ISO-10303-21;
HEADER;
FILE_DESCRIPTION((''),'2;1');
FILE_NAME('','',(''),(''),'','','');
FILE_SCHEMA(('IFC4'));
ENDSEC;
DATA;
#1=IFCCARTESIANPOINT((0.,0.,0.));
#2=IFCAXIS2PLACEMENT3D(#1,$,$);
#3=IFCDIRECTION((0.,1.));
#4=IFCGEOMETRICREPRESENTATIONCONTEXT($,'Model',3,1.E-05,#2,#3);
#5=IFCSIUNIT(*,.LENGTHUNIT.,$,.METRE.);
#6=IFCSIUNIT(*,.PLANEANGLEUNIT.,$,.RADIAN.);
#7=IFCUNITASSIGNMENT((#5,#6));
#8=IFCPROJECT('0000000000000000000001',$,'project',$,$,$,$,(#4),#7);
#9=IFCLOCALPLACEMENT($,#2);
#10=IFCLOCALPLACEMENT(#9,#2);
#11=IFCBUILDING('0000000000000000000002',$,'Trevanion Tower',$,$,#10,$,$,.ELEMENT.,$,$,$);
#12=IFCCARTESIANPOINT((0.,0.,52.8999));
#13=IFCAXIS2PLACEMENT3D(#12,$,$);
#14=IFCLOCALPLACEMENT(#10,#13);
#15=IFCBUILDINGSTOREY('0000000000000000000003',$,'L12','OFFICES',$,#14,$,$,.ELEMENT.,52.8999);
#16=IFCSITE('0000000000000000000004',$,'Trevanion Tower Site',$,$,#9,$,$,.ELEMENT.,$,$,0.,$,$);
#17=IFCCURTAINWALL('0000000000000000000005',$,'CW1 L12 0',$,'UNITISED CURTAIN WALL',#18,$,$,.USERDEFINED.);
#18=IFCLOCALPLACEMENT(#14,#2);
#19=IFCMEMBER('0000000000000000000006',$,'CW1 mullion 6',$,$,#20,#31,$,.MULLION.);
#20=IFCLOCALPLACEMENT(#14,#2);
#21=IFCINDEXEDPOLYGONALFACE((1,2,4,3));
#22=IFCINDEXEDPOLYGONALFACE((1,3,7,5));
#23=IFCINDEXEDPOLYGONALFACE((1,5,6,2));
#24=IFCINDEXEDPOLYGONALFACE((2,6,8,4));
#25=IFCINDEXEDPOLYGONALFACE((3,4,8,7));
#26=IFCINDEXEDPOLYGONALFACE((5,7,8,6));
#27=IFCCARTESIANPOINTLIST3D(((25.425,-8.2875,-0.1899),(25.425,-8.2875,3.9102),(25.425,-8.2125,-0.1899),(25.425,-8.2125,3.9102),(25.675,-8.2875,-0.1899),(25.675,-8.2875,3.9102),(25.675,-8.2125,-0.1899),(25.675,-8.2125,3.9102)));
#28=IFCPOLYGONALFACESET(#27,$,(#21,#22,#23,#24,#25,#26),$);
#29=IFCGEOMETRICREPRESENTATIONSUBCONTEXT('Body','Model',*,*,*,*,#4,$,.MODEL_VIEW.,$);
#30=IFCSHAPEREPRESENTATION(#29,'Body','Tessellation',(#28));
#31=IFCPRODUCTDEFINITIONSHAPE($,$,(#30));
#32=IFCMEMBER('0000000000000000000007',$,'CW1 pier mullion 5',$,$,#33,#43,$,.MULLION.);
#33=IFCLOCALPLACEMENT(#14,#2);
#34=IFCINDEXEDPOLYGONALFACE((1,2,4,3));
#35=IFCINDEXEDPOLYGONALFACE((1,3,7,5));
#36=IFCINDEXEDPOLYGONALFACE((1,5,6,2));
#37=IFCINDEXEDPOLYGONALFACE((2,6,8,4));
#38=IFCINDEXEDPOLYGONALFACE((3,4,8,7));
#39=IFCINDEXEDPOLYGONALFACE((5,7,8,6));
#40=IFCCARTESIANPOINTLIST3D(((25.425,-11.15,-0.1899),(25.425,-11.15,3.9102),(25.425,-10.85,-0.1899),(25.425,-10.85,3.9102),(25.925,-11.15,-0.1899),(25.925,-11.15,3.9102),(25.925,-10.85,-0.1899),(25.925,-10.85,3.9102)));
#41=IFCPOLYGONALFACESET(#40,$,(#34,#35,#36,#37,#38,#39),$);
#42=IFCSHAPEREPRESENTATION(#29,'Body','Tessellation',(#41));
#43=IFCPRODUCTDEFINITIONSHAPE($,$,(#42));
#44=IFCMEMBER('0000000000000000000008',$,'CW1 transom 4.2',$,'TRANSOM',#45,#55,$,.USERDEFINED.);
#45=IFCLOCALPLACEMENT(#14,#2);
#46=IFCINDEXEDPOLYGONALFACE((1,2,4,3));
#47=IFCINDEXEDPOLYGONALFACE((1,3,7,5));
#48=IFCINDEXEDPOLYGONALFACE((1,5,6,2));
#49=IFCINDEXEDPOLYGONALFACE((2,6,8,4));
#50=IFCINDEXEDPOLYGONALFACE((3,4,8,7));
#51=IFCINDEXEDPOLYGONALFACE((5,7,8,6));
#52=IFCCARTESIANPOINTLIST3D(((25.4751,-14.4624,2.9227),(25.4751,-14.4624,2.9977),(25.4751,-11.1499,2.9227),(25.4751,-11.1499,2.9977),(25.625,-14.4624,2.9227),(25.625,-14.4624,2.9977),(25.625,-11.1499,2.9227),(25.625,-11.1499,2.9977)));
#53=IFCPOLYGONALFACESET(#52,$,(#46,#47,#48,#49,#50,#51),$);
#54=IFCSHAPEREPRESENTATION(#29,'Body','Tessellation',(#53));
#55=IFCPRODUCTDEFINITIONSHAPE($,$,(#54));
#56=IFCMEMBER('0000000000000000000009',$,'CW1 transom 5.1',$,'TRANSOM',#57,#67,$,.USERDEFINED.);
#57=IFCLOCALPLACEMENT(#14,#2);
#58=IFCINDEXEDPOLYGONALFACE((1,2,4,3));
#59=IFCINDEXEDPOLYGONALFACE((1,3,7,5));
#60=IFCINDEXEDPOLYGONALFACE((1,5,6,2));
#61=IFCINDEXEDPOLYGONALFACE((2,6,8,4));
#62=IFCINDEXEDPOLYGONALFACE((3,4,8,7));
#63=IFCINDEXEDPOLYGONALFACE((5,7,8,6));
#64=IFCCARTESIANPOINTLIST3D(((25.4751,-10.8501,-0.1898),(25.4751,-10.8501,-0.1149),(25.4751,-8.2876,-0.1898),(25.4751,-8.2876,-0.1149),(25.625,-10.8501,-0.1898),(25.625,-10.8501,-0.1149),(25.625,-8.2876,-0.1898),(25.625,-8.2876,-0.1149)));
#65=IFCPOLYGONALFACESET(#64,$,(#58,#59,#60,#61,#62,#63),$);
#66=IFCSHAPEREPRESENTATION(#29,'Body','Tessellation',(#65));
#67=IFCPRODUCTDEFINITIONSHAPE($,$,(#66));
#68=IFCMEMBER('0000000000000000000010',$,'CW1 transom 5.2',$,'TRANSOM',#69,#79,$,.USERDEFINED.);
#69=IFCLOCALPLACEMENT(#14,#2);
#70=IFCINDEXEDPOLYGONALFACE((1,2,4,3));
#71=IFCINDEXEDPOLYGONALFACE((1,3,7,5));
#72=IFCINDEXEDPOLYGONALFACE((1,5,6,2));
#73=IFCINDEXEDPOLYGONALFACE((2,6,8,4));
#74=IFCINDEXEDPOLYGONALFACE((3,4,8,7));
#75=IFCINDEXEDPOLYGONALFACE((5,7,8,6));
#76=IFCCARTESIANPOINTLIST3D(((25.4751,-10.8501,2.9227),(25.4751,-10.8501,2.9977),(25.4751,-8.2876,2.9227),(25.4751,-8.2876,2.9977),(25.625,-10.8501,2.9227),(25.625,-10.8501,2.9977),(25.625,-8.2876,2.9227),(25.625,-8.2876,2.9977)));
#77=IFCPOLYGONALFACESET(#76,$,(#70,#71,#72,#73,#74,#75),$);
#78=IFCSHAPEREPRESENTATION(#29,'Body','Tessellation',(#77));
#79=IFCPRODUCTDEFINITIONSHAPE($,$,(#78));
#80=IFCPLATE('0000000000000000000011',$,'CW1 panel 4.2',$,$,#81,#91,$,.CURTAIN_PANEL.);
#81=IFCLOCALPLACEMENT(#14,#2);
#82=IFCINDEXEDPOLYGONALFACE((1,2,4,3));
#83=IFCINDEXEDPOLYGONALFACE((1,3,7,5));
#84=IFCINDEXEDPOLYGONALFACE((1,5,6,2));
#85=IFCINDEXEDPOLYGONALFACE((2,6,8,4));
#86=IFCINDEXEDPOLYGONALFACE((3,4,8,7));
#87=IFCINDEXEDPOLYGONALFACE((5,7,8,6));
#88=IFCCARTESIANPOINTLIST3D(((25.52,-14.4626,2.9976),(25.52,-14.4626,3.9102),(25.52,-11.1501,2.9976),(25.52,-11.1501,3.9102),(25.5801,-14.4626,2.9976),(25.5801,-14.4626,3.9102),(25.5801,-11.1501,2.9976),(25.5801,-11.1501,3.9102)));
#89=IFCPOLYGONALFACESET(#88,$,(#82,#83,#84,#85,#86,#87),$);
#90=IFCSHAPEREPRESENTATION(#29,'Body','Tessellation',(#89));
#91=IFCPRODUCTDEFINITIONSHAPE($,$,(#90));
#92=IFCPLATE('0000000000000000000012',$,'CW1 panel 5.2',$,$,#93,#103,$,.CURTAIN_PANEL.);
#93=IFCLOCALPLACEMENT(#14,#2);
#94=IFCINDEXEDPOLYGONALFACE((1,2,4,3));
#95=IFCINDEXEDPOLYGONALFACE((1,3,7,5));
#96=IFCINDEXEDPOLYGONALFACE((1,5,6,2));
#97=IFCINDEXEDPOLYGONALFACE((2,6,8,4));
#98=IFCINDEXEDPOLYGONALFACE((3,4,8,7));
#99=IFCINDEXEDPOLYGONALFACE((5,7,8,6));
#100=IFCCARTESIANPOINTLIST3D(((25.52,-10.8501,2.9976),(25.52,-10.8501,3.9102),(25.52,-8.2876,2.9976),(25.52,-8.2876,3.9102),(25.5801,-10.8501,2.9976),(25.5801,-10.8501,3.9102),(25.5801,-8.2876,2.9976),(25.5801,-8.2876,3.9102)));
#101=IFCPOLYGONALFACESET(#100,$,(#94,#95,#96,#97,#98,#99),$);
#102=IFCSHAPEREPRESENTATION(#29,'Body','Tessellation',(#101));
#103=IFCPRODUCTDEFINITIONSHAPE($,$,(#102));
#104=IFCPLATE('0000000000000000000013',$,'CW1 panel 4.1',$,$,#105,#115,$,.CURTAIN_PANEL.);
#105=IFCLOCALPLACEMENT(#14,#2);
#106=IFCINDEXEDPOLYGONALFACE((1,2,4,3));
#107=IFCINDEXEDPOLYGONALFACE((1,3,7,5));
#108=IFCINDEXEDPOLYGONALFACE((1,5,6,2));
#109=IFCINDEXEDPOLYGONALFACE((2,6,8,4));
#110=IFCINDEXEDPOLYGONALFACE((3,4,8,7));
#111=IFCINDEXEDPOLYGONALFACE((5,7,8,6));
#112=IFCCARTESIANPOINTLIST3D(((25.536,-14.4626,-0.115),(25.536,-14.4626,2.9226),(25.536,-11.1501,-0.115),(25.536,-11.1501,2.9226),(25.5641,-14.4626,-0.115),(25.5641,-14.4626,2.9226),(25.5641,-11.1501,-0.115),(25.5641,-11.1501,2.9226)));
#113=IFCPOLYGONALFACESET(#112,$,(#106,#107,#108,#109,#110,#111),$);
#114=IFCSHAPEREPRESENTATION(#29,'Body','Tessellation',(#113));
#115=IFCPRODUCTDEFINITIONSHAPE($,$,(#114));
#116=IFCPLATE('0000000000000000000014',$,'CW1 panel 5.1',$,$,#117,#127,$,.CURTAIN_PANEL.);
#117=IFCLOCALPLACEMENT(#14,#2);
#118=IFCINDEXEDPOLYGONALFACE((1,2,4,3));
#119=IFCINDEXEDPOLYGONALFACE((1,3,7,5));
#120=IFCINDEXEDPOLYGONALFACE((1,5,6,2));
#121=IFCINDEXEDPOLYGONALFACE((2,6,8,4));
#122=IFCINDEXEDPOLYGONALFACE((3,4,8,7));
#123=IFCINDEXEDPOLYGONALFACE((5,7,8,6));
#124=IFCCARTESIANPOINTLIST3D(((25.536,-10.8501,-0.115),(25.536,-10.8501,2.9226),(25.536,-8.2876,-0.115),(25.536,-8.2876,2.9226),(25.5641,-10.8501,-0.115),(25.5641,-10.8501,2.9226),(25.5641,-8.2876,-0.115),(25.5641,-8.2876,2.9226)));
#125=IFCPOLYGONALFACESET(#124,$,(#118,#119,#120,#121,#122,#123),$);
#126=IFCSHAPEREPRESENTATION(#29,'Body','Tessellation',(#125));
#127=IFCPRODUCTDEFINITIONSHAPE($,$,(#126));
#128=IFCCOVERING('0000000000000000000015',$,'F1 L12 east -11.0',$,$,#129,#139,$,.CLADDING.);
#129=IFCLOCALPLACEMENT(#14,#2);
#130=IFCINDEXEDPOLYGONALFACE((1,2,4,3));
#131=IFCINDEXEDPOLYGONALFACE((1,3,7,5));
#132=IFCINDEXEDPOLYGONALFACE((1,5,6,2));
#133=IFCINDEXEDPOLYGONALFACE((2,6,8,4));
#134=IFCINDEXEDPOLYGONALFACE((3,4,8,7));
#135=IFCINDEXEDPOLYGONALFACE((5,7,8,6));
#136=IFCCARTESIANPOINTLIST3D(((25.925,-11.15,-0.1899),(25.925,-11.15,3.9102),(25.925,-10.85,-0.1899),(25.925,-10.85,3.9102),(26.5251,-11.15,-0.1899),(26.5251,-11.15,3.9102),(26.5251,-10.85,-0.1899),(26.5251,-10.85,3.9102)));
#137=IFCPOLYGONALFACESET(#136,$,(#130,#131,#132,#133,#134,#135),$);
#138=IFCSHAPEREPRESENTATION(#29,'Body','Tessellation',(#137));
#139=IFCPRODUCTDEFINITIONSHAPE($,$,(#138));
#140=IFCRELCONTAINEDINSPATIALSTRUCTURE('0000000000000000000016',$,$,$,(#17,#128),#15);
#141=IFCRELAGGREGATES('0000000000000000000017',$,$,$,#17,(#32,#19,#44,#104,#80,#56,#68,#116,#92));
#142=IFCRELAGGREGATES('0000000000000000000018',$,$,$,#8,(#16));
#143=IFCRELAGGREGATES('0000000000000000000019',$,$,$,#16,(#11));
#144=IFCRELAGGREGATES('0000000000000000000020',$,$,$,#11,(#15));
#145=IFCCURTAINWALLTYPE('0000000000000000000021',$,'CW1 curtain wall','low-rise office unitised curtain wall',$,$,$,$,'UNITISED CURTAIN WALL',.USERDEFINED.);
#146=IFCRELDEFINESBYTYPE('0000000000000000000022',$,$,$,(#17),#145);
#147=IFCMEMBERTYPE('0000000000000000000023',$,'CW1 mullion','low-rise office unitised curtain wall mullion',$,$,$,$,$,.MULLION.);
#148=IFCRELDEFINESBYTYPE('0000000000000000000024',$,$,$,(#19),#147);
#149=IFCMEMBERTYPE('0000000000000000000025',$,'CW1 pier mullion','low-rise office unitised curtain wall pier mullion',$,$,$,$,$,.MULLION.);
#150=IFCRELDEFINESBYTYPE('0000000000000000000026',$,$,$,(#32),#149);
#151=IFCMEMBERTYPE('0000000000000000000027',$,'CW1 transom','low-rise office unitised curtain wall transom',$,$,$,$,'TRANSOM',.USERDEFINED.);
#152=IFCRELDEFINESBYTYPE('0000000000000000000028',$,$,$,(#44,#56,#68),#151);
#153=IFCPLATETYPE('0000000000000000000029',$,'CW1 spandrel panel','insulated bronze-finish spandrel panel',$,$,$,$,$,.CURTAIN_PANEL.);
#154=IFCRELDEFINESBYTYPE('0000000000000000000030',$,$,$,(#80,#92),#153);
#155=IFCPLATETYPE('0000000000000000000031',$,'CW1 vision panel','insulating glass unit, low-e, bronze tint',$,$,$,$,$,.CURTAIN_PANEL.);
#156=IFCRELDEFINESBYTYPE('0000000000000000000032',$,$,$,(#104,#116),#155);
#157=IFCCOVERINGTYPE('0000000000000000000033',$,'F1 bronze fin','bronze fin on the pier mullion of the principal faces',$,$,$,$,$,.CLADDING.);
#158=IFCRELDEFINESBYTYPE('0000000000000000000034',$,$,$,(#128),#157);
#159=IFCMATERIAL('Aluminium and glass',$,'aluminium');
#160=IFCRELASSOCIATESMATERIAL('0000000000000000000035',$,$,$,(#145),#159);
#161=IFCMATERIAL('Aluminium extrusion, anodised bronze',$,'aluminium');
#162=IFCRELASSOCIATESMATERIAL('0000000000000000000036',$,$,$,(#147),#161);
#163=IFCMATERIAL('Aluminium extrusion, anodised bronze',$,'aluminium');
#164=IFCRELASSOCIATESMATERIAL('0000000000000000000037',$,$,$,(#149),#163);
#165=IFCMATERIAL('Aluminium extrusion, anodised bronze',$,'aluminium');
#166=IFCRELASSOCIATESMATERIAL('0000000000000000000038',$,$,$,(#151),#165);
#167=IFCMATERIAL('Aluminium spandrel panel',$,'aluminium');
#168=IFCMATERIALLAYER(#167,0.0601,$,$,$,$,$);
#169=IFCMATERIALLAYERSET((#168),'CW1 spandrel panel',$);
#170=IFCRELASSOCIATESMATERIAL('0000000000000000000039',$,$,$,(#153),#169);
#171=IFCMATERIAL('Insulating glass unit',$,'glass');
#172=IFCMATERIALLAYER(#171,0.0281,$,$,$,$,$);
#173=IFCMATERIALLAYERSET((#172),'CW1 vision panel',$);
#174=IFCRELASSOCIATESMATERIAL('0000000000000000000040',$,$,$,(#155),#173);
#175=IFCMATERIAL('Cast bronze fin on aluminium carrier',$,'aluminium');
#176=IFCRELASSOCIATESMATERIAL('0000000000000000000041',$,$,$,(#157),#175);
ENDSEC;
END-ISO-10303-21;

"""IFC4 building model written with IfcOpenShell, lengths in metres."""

from ifc_helpers import new_model, si_unit, direction, frame, origin, origin_2d, place, context, subcontext, project, spatial, rectangle, extrude, material, layer, layer_set, material_profile, profile_set, type_object, element, aggregate, save


model = new_model("IFC4")

# Units and contexts
model_context = context("Model", 3, precision=1e-05, world=origin(), true_north=direction((0.0, 1.0)))
body_context = subcontext(model_context, "Body", "Model", "MODEL_VIEW")
ifc_project = project(units=[si_unit("LENGTHUNIT", "METRE"), si_unit("PLANEANGLEUNIT", "RADIAN")], contexts=[model_context])

# Site, building, storey
site_placement = place(None, origin())
site = spatial("IfcSite", under=ifc_project, at=site_placement, Name="Trevanion Tower Site", CompositionType="ELEMENT", RefElevation=0.0)
building_placement = place(site_placement, origin())
building = spatial("IfcBuilding", under=site, at=building_placement, Name="Trevanion Tower", CompositionType="ELEMENT")
storey_placement = place(building_placement, frame((0.0, 0.0, 52.8999)))
storey = spatial("IfcBuildingStorey", under=building, at=storey_placement, Name="L12", Description="OFFICES", CompositionType="ELEMENT", Elevation=52.8999)

# Curtain wall, members, plates
ifc_material_1 = material(Name="Aluminium and glass", Category="aluminium")
curtain_wall_type = type_object("IfcCurtainWallType", Name="CW1 curtain wall", Description="low-rise office unitised curtain wall", ElementType="UNITISED CURTAIN WALL", PredefinedType="USERDEFINED", material=ifc_material_1)
curtain_wall_placement = place(storey_placement, origin())
curtain_wall = element("IfcCurtainWall", 1, at=curtain_wall_placement, inside=storey, type_object=curtain_wall_type, Name="CW1 L12 0", ObjectType="UNITISED CURTAIN WALL", PredefinedType="USERDEFINED")
ifc_material_2 = material(Name="Aluminium extrusion, anodised bronze", Category="aluminium")
ifc_material_profile_1 = material_profile(ifc_material_2, rectangle(XDim=0.075, YDim=0.25, at=origin_2d()), Name="CW1 mullion")
ifc_profile_set_1 = profile_set([ifc_material_profile_1], Name="Aluminium extrusion, anodised bronze")
member_type_1 = type_object("IfcMemberType", Name="CW1 mullion", Description="low-rise office unitised curtain wall mullion", PredefinedType="MULLION", material=ifc_profile_set_1)
member_1_placement = place(storey_placement, frame((25.55, -8.25, -0.1899), z_axis=(0.0, 0.0, 1.0), x_axis=(0.0, 1.0, 0.0)))
member_1 = element("IfcMember", 2, at=member_1_placement, type_object=member_type_1, Name="CW1 mullion 6", PredefinedType="MULLION", context=body_context, shape_type="SweptSolid", body=[
    extrude(rectangle(XDim=0.075, YDim=0.25, at=origin_2d()), origin(), (0.0, 0.0, 1.0), 4.1001),
])
ifc_material_3 = material(Name="Aluminium extrusion, anodised bronze", Category="aluminium")
ifc_material_profile_2 = material_profile(ifc_material_3, rectangle(XDim=0.3, YDim=0.5, at=origin_2d()), Name="CW1 pier mullion")
ifc_profile_set_2 = profile_set([ifc_material_profile_2], Name="Aluminium extrusion, anodised bronze")
member_type_2 = type_object("IfcMemberType", Name="CW1 pier mullion", Description="low-rise office unitised curtain wall pier mullion", PredefinedType="MULLION", material=ifc_profile_set_2)
member_2_placement = place(storey_placement, frame((25.675, -11.0, -0.1899), z_axis=(0.0, 0.0, 1.0), x_axis=(0.0, 1.0, 0.0)))
member_2 = element("IfcMember", 3, at=member_2_placement, type_object=member_type_2, Name="CW1 pier mullion 5", PredefinedType="MULLION", context=body_context, shape_type="SweptSolid", body=[
    extrude(rectangle(XDim=0.3, YDim=0.5, at=origin_2d()), origin(), (0.0, 0.0, 1.0), 4.1001),
])
ifc_material_4 = material(Name="Aluminium extrusion, anodised bronze", Category="aluminium")
ifc_material_profile_3 = material_profile(ifc_material_4, rectangle(XDim=0.1499, YDim=0.075, at=origin_2d()), Name="CW1 transom")
ifc_profile_set_3 = profile_set([ifc_material_profile_3], Name="Aluminium extrusion, anodised bronze")
member_type_3 = type_object("IfcMemberType", Name="CW1 transom", Description="low-rise office unitised curtain wall transom", ElementType="TRANSOM", PredefinedType="USERDEFINED", material=ifc_profile_set_3)
member_3_placement = place(storey_placement, frame((25.55, -14.4624, 2.9602), z_axis=(0.0, 1.0, 0.0), x_axis=(-1.0, 0.0, 0.0)))
member_3 = element("IfcMember", 4, at=member_3_placement, type_object=member_type_3, Name="CW1 transom 4.2", ObjectType="TRANSOM", PredefinedType="USERDEFINED", context=body_context, shape_type="SweptSolid", body=[
    extrude(rectangle(XDim=0.1499, YDim=0.075, at=origin_2d()), origin(), (0.0, 0.0, 1.0), 3.3125),
])
member_4_placement = place(storey_placement, frame((25.55, -10.8501, -0.1523), z_axis=(0.0, 1.0, 0.0), x_axis=(-1.0, 0.0, 0.0)))
member_4 = element("IfcMember", 5, at=member_4_placement, type_object=member_type_3, Name="CW1 transom 5.1", ObjectType="TRANSOM", PredefinedType="USERDEFINED", context=body_context, shape_type="SweptSolid", body=[
    extrude(rectangle(XDim=0.1499, YDim=0.075, at=origin_2d()), origin(), (0.0, 0.0, 1.0), 2.5625),
])
member_5_placement = place(storey_placement, frame((25.55, -10.8501, 2.9602), z_axis=(0.0, 1.0, 0.0), x_axis=(-1.0, 0.0, 0.0)))
member_5 = element("IfcMember", 6, at=member_5_placement, type_object=member_type_3, Name="CW1 transom 5.2", ObjectType="TRANSOM", PredefinedType="USERDEFINED", context=body_context, shape_type="SweptSolid", body=[
    extrude(rectangle(XDim=0.1499, YDim=0.075, at=origin_2d()), origin(), (0.0, 0.0, 1.0), 2.5625),
])
ifc_material_5 = material(Name="Aluminium spandrel panel", Category="aluminium")
ifc_layer_1 = layer(ifc_material_5, 0.0601)
ifc_layer_set_1 = layer_set([ifc_layer_1], Name="CW1 spandrel panel")
plate_type_1 = type_object("IfcPlateType", Name="CW1 spandrel panel", Description="insulated bronze-finish spandrel panel", PredefinedType="CURTAIN_PANEL", material=ifc_layer_set_1)
plate_1_placement = place(storey_placement, frame((25.55, -12.8064, 2.9976), z_axis=(0.0, 0.0, 1.0), x_axis=(0.0, 1.0, 0.0)))
plate_1 = element("IfcPlate", 7, at=plate_1_placement, type_object=plate_type_1, Name="CW1 panel 4.2", PredefinedType="CURTAIN_PANEL", context=body_context, shape_type="SweptSolid", body=[
    extrude(rectangle(XDim=3.3125, YDim=0.0601, at=origin_2d()), origin(), (0.0, 0.0, 1.0), 0.9126),
])
plate_2_placement = place(storey_placement, frame((25.55, -9.5688, 2.9976), z_axis=(0.0, 0.0, 1.0), x_axis=(0.0, 1.0, 0.0)))
plate_2 = element("IfcPlate", 8, at=plate_2_placement, type_object=plate_type_1, Name="CW1 panel 5.2", PredefinedType="CURTAIN_PANEL", context=body_context, shape_type="SweptSolid", body=[
    extrude(rectangle(XDim=2.5625, YDim=0.0601, at=origin_2d()), origin(), (0.0, 0.0, 1.0), 0.9126),
])
ifc_material_6 = material(Name="Insulating glass unit", Category="glass")
ifc_layer_2 = layer(ifc_material_6, 0.0281)
ifc_layer_set_2 = layer_set([ifc_layer_2], Name="CW1 vision panel")
plate_type_2 = type_object("IfcPlateType", Name="CW1 vision panel", Description="insulating glass unit, low-e, bronze tint", PredefinedType="CURTAIN_PANEL", material=ifc_layer_set_2)
plate_3_placement = place(storey_placement, frame((25.55, -12.8064, -0.115), z_axis=(0.0, 0.0, 1.0), x_axis=(0.0, 1.0, 0.0)))
plate_3 = element("IfcPlate", 9, at=plate_3_placement, type_object=plate_type_2, Name="CW1 panel 4.1", PredefinedType="CURTAIN_PANEL", context=body_context, shape_type="SweptSolid", body=[
    extrude(rectangle(XDim=3.3125, YDim=0.0281, at=origin_2d()), origin(), (0.0, 0.0, 1.0), 3.0376),
])
plate_4_placement = place(storey_placement, frame((25.55, -9.5688, -0.115), z_axis=(0.0, 0.0, 1.0), x_axis=(0.0, 1.0, 0.0)))
plate_4 = element("IfcPlate", 10, at=plate_4_placement, type_object=plate_type_2, Name="CW1 panel 5.1", PredefinedType="CURTAIN_PANEL", context=body_context, shape_type="SweptSolid", body=[
    extrude(rectangle(XDim=2.5625, YDim=0.0281, at=origin_2d()), origin(), (0.0, 0.0, 1.0), 3.0376),
])
aggregate(curtain_wall, [member_2, member_1, member_3, plate_3, plate_1, member_4, member_5, plate_4, plate_2])

# Covering
ifc_material_7 = material(Name="Cast bronze fin on aluminium carrier", Category="aluminium")
covering_type = type_object("IfcCoveringType", Name="F1 bronze fin", Description="bronze fin on the pier mullion of the principal faces", PredefinedType="CLADDING", material=ifc_material_7)
covering_placement = place(storey_placement, frame((26.2251, -11.0, -0.1899), z_axis=(0.0, 0.0, 1.0), x_axis=(0.0, 1.0, 0.0)))
element("IfcCovering", 11, at=covering_placement, inside=storey, type_object=covering_type, Name="F1 L12 east -11.0", PredefinedType="CLADDING", context=body_context, shape_type="SweptSolid", body=[
    extrude(rectangle(XDim=0.3, YDim=0.6001, at=origin_2d()), origin(), (0.0, 0.0, 1.0), 4.1001),
])

save(model, "model.ifc")
